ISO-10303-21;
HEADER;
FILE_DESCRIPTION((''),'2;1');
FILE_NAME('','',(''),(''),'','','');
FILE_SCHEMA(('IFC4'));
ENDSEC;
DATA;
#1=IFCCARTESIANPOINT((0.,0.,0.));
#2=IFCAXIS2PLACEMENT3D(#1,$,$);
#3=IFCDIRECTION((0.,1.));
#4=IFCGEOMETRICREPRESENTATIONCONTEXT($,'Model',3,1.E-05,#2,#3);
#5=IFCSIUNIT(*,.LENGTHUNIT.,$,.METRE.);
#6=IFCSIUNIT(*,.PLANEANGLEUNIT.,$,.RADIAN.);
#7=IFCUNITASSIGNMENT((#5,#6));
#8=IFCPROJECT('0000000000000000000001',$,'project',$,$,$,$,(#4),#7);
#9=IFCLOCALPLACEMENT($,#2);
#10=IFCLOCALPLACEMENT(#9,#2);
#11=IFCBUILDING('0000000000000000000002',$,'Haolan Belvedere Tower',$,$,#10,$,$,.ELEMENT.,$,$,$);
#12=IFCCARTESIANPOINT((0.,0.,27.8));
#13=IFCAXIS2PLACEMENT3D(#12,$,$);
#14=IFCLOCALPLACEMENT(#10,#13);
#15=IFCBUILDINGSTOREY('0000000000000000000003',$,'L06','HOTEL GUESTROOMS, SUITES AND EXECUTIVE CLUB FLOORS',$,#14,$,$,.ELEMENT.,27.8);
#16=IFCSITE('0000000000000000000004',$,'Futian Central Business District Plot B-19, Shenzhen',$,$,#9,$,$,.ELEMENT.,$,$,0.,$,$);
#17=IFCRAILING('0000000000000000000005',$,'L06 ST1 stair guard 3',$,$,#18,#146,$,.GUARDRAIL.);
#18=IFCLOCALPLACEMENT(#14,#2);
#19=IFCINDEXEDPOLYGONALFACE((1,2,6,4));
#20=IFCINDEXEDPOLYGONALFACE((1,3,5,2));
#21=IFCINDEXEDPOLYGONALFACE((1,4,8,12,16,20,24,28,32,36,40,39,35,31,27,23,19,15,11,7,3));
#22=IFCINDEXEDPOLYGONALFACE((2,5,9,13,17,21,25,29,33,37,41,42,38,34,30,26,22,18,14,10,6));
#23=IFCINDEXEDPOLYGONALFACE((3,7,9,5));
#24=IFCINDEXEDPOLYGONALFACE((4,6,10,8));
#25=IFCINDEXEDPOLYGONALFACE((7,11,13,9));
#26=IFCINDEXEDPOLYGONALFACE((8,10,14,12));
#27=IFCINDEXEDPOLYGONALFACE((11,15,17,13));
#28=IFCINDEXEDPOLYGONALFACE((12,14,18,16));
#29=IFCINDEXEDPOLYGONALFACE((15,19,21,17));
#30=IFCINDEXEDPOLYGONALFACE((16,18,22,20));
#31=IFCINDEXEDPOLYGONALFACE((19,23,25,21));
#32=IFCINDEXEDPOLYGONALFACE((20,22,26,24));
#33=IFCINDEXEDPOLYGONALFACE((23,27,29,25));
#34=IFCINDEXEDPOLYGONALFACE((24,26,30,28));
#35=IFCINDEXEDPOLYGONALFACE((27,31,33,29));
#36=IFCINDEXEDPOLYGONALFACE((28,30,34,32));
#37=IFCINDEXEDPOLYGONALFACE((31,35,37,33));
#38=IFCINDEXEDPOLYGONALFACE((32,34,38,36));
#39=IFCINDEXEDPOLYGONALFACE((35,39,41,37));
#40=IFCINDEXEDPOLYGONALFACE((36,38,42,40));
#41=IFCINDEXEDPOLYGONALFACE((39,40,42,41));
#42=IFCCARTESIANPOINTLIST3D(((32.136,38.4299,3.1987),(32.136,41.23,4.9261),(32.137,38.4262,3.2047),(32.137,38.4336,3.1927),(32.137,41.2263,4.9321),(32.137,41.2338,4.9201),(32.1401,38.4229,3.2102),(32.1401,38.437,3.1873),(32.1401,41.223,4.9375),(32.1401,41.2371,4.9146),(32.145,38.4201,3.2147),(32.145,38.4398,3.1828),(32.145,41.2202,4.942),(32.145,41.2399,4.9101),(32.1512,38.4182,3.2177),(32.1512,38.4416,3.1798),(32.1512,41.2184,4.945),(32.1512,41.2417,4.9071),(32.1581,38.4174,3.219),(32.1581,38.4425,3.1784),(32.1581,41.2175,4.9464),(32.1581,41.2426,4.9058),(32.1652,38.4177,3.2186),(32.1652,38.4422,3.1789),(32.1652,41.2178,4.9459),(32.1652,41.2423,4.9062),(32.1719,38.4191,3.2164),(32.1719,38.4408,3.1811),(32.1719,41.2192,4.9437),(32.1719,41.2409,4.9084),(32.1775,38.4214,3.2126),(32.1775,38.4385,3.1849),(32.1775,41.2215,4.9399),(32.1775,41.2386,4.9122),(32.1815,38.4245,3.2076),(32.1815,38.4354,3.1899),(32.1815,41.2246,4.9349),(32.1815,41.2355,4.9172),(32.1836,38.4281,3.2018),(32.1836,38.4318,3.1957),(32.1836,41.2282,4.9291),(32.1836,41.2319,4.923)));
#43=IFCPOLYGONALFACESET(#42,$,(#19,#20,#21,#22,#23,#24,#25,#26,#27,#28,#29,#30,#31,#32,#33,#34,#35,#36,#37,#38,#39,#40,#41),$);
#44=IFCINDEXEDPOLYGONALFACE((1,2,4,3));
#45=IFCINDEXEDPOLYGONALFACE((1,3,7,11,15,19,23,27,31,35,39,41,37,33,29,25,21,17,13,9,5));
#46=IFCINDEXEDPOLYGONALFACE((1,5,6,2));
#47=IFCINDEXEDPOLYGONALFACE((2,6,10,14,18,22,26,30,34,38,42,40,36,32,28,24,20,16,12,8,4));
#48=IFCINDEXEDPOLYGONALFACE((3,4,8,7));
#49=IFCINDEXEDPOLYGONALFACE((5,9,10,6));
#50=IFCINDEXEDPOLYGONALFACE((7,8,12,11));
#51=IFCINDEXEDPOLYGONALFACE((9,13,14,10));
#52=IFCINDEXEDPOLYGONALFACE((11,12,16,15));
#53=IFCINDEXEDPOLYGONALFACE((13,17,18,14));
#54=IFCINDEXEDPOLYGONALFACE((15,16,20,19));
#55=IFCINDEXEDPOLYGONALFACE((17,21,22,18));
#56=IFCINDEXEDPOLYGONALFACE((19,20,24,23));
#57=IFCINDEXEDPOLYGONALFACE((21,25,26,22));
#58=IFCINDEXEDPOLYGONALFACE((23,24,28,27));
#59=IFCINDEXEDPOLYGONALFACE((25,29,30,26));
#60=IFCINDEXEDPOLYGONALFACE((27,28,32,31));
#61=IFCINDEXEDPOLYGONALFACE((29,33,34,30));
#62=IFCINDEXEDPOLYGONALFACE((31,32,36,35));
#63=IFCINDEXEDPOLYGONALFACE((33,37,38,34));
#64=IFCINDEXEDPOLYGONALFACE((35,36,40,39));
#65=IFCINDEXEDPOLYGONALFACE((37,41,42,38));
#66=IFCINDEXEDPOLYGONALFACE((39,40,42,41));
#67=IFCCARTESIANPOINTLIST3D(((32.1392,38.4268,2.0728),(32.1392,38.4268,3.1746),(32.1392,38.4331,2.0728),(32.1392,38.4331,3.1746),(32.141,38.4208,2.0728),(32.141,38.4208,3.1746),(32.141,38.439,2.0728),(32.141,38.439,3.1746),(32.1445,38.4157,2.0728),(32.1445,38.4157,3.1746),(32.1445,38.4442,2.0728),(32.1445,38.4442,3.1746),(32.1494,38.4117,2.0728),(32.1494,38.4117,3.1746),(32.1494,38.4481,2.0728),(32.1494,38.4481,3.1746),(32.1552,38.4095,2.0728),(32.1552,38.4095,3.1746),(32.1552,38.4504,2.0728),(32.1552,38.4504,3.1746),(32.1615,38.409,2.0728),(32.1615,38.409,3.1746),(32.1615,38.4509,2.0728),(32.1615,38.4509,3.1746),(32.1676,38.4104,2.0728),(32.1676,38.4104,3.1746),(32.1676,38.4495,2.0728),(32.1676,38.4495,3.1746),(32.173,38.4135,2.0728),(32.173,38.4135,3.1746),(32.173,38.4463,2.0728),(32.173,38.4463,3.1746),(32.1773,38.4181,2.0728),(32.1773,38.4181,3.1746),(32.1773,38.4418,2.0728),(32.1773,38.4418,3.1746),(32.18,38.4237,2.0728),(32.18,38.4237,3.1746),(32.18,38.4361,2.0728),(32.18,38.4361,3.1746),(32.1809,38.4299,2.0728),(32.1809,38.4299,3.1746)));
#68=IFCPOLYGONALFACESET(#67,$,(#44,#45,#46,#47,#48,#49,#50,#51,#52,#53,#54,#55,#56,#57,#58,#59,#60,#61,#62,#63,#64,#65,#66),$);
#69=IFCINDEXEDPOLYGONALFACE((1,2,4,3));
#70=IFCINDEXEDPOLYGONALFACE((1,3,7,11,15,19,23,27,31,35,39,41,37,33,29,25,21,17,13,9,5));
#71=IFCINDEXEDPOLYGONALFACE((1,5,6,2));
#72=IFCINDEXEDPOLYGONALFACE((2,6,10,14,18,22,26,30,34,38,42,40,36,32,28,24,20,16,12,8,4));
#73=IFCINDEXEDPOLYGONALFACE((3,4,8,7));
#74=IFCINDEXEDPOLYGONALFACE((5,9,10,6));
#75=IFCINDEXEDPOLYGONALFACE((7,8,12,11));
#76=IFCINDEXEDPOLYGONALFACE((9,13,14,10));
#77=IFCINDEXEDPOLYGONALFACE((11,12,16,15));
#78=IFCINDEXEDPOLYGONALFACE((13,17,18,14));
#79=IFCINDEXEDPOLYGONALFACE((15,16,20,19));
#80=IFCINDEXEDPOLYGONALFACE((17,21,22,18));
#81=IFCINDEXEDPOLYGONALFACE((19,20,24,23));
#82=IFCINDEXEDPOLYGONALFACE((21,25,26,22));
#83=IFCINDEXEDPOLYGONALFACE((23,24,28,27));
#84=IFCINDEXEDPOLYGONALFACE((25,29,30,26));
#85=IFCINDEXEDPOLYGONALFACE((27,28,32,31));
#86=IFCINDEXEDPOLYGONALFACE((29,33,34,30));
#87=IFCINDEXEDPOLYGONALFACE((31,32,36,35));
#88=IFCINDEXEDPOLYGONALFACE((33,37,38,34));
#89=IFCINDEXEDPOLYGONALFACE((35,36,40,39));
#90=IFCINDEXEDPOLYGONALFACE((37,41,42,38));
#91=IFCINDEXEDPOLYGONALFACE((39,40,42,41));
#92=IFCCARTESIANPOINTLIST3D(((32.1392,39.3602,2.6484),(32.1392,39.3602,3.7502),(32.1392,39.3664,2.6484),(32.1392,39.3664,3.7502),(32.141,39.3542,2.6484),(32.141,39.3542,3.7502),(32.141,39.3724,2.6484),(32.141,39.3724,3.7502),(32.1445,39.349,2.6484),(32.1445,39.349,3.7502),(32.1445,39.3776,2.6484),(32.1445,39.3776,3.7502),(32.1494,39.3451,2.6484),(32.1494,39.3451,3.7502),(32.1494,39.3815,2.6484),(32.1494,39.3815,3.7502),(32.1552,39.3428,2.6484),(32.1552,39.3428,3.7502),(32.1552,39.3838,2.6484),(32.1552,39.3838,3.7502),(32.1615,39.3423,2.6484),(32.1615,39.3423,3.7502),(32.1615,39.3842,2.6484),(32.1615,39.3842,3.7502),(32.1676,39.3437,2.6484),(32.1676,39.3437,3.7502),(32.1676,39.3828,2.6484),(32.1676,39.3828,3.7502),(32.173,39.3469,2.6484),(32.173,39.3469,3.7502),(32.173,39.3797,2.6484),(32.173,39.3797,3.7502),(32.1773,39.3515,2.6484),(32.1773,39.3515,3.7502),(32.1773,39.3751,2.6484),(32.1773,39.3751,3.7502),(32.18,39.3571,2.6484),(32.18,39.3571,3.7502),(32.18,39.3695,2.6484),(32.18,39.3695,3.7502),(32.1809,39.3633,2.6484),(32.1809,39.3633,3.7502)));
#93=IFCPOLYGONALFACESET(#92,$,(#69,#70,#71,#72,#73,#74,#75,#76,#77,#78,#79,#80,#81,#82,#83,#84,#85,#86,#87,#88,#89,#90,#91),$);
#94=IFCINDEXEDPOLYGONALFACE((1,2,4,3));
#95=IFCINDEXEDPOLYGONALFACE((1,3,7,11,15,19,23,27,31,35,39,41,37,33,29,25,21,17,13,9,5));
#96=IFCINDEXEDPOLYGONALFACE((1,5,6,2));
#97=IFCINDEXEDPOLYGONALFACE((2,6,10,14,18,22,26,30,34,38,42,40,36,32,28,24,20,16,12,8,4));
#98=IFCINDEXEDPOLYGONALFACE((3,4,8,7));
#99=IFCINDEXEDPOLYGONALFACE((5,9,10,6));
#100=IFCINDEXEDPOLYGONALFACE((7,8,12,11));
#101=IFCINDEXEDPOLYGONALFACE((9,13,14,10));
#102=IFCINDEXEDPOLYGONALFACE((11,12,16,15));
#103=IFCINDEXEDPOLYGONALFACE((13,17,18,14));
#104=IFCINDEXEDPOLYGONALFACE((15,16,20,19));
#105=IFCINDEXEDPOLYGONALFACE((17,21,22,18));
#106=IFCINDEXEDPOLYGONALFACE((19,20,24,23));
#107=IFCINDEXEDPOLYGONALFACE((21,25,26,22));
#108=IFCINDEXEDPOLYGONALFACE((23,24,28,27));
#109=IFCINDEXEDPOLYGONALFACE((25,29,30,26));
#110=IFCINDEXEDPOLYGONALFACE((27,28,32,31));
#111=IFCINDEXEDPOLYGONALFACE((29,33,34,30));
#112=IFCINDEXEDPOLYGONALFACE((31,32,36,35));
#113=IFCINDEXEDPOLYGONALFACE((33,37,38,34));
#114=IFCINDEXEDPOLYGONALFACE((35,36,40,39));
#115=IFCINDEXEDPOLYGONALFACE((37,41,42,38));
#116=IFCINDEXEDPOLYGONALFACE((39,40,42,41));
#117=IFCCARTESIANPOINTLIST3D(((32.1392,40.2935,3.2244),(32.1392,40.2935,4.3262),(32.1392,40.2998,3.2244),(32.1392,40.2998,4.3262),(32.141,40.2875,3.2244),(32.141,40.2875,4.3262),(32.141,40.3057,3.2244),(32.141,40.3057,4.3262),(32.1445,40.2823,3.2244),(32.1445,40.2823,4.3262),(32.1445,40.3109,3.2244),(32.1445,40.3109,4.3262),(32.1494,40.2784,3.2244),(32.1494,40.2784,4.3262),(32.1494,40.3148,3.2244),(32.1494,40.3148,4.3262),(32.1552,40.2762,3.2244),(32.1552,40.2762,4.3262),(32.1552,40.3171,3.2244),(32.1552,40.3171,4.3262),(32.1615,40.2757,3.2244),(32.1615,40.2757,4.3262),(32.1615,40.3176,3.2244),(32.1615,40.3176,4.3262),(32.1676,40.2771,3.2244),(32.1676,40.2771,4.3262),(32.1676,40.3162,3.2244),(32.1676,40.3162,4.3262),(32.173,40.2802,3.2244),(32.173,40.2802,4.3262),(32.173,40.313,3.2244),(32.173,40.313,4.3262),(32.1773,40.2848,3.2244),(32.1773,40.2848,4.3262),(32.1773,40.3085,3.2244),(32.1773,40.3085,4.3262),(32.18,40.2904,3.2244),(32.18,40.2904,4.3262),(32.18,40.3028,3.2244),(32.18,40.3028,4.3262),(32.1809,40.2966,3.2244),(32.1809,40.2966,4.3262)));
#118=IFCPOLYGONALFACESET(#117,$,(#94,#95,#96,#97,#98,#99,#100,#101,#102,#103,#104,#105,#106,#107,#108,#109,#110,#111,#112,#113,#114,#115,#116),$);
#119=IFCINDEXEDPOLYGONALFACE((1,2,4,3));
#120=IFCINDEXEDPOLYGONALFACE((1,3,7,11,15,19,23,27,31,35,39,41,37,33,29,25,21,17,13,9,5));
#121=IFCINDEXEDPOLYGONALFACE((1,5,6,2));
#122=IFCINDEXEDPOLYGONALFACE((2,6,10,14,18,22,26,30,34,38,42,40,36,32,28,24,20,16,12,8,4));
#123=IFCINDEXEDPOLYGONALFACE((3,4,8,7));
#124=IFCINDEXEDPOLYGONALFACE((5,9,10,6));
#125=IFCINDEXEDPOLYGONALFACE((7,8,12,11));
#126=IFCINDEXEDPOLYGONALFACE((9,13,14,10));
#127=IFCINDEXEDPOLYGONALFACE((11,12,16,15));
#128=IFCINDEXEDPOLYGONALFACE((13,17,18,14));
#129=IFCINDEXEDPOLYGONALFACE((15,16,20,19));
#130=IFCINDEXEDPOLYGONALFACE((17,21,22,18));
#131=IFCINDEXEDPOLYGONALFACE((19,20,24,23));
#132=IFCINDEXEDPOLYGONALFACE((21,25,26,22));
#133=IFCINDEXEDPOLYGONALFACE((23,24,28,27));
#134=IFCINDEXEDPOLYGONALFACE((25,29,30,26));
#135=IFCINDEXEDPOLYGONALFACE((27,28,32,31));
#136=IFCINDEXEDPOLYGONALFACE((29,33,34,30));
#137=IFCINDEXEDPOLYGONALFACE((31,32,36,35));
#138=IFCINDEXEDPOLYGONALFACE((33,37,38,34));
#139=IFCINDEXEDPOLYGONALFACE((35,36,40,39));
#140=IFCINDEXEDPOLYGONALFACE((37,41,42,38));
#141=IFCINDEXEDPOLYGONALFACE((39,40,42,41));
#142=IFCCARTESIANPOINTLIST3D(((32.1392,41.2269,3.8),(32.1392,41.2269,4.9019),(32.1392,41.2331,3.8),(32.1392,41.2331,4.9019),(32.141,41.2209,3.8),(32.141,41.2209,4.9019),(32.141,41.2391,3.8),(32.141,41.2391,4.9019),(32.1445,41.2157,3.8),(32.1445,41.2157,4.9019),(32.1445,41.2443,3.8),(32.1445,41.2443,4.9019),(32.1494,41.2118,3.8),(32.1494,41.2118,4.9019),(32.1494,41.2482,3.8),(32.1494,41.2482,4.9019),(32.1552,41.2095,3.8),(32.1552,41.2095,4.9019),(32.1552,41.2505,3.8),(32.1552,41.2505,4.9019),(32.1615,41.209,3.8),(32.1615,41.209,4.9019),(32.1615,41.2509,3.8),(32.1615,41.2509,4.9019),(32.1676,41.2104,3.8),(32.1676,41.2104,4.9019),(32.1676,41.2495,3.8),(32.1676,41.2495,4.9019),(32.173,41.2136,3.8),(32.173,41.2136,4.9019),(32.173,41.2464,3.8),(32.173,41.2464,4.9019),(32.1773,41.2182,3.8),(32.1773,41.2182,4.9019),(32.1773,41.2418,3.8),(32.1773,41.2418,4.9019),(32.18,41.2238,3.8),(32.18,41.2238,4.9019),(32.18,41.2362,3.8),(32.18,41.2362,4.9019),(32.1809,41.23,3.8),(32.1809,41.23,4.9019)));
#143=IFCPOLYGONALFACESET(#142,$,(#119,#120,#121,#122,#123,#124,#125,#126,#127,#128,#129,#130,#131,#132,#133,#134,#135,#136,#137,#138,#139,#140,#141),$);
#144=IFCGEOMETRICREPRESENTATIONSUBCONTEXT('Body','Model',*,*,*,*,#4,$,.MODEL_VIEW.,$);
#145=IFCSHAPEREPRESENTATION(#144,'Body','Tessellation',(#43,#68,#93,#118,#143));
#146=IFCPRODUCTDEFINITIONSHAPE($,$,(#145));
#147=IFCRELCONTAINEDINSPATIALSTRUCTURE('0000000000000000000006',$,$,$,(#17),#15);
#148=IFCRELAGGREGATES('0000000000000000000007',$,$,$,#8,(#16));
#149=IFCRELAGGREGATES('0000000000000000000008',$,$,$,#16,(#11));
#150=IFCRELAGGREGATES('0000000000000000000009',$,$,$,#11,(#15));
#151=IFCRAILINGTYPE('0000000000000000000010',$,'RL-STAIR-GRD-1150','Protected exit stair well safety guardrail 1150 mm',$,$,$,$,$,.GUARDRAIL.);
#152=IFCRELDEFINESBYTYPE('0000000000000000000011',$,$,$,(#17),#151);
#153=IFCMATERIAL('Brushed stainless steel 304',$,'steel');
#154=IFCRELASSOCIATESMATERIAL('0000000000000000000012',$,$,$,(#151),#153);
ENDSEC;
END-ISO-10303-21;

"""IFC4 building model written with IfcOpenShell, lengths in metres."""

from ifc_helpers import new_model, si_unit, direction, frame, origin, origin_2d, place, context, subcontext, project, spatial, circle, extrude, material, type_object, element, save


model = new_model("IFC4")

# Units and contexts
model_context = context("Model", 3, precision=1e-05, world=origin(), true_north=direction((0.0, 1.0)))
body_context = subcontext(model_context, "Body", "Model", "MODEL_VIEW")
ifc_project = project(units=[si_unit("LENGTHUNIT", "METRE"), si_unit("PLANEANGLEUNIT", "RADIAN")], contexts=[model_context])

# Site, building, storey
site_placement = place(None, origin())
site = spatial("IfcSite", under=ifc_project, at=site_placement, Name="Futian Central Business District Plot B-19, Shenzhen", CompositionType="ELEMENT", RefElevation=0.0)
building_placement = place(site_placement, origin())
building = spatial("IfcBuilding", under=site, at=building_placement, Name="Haolan Belvedere Tower", CompositionType="ELEMENT")
storey_placement = place(building_placement, frame((0.0, 0.0, 27.8)))
storey = spatial("IfcBuildingStorey", under=building, at=storey_placement, Name="L06", Description="HOTEL GUESTROOMS, SUITES AND EXECUTIVE CLUB FLOORS", CompositionType="ELEMENT", Elevation=27.8)

# Railing
ifc_material_1 = material(Name="Brushed stainless steel 304", Category="steel")
railing_type_1 = type_object("IfcRailingType", Name="RL-STAIR-GRD-1150", Description="Protected exit stair well safety guardrail 1150 mm", PredefinedType="GUARDRAIL", material=ifc_material_1)
railing_1_placement = place(storey_placement, frame((32.1599, 38.4299, 2.0728)))
element("IfcRailing", 1, at=railing_1_placement, inside=storey, type_object=railing_type_1, Name="L06 ST1 stair guard 3", PredefinedType="GUARDRAIL", context=body_context, shape_type="SweptSolid", body=[
    extrude(circle(Radius=0.0239, at=origin_2d()), frame((0.0, 0.0, 1.126), z_axis=(0.0, 0.85109, 0.52502), x_axis=(-1.0, 0.0, 0.0)), (0.0, 0.0, 1.0), 3.29),
    extrude(circle(Radius=0.021, at=origin_2d()), origin(), (0.0, 0.0, 1.0), 1.1018),
    extrude(circle(Radius=0.021, at=origin_2d()), frame((0.0, 0.9333, 0.5757)), (0.0, 0.0, 1.0), 1.1018),
    extrude(circle(Radius=0.021, at=origin_2d()), frame((0.0, 1.8667, 1.1516)), (0.0, 0.0, 1.0), 1.1018),
    extrude(circle(Radius=0.021, at=origin_2d()), frame((0.0, 2.8, 1.7273)), (0.0, 0.0, 1.0), 1.1018),
])

save(model, "model.ifc")
